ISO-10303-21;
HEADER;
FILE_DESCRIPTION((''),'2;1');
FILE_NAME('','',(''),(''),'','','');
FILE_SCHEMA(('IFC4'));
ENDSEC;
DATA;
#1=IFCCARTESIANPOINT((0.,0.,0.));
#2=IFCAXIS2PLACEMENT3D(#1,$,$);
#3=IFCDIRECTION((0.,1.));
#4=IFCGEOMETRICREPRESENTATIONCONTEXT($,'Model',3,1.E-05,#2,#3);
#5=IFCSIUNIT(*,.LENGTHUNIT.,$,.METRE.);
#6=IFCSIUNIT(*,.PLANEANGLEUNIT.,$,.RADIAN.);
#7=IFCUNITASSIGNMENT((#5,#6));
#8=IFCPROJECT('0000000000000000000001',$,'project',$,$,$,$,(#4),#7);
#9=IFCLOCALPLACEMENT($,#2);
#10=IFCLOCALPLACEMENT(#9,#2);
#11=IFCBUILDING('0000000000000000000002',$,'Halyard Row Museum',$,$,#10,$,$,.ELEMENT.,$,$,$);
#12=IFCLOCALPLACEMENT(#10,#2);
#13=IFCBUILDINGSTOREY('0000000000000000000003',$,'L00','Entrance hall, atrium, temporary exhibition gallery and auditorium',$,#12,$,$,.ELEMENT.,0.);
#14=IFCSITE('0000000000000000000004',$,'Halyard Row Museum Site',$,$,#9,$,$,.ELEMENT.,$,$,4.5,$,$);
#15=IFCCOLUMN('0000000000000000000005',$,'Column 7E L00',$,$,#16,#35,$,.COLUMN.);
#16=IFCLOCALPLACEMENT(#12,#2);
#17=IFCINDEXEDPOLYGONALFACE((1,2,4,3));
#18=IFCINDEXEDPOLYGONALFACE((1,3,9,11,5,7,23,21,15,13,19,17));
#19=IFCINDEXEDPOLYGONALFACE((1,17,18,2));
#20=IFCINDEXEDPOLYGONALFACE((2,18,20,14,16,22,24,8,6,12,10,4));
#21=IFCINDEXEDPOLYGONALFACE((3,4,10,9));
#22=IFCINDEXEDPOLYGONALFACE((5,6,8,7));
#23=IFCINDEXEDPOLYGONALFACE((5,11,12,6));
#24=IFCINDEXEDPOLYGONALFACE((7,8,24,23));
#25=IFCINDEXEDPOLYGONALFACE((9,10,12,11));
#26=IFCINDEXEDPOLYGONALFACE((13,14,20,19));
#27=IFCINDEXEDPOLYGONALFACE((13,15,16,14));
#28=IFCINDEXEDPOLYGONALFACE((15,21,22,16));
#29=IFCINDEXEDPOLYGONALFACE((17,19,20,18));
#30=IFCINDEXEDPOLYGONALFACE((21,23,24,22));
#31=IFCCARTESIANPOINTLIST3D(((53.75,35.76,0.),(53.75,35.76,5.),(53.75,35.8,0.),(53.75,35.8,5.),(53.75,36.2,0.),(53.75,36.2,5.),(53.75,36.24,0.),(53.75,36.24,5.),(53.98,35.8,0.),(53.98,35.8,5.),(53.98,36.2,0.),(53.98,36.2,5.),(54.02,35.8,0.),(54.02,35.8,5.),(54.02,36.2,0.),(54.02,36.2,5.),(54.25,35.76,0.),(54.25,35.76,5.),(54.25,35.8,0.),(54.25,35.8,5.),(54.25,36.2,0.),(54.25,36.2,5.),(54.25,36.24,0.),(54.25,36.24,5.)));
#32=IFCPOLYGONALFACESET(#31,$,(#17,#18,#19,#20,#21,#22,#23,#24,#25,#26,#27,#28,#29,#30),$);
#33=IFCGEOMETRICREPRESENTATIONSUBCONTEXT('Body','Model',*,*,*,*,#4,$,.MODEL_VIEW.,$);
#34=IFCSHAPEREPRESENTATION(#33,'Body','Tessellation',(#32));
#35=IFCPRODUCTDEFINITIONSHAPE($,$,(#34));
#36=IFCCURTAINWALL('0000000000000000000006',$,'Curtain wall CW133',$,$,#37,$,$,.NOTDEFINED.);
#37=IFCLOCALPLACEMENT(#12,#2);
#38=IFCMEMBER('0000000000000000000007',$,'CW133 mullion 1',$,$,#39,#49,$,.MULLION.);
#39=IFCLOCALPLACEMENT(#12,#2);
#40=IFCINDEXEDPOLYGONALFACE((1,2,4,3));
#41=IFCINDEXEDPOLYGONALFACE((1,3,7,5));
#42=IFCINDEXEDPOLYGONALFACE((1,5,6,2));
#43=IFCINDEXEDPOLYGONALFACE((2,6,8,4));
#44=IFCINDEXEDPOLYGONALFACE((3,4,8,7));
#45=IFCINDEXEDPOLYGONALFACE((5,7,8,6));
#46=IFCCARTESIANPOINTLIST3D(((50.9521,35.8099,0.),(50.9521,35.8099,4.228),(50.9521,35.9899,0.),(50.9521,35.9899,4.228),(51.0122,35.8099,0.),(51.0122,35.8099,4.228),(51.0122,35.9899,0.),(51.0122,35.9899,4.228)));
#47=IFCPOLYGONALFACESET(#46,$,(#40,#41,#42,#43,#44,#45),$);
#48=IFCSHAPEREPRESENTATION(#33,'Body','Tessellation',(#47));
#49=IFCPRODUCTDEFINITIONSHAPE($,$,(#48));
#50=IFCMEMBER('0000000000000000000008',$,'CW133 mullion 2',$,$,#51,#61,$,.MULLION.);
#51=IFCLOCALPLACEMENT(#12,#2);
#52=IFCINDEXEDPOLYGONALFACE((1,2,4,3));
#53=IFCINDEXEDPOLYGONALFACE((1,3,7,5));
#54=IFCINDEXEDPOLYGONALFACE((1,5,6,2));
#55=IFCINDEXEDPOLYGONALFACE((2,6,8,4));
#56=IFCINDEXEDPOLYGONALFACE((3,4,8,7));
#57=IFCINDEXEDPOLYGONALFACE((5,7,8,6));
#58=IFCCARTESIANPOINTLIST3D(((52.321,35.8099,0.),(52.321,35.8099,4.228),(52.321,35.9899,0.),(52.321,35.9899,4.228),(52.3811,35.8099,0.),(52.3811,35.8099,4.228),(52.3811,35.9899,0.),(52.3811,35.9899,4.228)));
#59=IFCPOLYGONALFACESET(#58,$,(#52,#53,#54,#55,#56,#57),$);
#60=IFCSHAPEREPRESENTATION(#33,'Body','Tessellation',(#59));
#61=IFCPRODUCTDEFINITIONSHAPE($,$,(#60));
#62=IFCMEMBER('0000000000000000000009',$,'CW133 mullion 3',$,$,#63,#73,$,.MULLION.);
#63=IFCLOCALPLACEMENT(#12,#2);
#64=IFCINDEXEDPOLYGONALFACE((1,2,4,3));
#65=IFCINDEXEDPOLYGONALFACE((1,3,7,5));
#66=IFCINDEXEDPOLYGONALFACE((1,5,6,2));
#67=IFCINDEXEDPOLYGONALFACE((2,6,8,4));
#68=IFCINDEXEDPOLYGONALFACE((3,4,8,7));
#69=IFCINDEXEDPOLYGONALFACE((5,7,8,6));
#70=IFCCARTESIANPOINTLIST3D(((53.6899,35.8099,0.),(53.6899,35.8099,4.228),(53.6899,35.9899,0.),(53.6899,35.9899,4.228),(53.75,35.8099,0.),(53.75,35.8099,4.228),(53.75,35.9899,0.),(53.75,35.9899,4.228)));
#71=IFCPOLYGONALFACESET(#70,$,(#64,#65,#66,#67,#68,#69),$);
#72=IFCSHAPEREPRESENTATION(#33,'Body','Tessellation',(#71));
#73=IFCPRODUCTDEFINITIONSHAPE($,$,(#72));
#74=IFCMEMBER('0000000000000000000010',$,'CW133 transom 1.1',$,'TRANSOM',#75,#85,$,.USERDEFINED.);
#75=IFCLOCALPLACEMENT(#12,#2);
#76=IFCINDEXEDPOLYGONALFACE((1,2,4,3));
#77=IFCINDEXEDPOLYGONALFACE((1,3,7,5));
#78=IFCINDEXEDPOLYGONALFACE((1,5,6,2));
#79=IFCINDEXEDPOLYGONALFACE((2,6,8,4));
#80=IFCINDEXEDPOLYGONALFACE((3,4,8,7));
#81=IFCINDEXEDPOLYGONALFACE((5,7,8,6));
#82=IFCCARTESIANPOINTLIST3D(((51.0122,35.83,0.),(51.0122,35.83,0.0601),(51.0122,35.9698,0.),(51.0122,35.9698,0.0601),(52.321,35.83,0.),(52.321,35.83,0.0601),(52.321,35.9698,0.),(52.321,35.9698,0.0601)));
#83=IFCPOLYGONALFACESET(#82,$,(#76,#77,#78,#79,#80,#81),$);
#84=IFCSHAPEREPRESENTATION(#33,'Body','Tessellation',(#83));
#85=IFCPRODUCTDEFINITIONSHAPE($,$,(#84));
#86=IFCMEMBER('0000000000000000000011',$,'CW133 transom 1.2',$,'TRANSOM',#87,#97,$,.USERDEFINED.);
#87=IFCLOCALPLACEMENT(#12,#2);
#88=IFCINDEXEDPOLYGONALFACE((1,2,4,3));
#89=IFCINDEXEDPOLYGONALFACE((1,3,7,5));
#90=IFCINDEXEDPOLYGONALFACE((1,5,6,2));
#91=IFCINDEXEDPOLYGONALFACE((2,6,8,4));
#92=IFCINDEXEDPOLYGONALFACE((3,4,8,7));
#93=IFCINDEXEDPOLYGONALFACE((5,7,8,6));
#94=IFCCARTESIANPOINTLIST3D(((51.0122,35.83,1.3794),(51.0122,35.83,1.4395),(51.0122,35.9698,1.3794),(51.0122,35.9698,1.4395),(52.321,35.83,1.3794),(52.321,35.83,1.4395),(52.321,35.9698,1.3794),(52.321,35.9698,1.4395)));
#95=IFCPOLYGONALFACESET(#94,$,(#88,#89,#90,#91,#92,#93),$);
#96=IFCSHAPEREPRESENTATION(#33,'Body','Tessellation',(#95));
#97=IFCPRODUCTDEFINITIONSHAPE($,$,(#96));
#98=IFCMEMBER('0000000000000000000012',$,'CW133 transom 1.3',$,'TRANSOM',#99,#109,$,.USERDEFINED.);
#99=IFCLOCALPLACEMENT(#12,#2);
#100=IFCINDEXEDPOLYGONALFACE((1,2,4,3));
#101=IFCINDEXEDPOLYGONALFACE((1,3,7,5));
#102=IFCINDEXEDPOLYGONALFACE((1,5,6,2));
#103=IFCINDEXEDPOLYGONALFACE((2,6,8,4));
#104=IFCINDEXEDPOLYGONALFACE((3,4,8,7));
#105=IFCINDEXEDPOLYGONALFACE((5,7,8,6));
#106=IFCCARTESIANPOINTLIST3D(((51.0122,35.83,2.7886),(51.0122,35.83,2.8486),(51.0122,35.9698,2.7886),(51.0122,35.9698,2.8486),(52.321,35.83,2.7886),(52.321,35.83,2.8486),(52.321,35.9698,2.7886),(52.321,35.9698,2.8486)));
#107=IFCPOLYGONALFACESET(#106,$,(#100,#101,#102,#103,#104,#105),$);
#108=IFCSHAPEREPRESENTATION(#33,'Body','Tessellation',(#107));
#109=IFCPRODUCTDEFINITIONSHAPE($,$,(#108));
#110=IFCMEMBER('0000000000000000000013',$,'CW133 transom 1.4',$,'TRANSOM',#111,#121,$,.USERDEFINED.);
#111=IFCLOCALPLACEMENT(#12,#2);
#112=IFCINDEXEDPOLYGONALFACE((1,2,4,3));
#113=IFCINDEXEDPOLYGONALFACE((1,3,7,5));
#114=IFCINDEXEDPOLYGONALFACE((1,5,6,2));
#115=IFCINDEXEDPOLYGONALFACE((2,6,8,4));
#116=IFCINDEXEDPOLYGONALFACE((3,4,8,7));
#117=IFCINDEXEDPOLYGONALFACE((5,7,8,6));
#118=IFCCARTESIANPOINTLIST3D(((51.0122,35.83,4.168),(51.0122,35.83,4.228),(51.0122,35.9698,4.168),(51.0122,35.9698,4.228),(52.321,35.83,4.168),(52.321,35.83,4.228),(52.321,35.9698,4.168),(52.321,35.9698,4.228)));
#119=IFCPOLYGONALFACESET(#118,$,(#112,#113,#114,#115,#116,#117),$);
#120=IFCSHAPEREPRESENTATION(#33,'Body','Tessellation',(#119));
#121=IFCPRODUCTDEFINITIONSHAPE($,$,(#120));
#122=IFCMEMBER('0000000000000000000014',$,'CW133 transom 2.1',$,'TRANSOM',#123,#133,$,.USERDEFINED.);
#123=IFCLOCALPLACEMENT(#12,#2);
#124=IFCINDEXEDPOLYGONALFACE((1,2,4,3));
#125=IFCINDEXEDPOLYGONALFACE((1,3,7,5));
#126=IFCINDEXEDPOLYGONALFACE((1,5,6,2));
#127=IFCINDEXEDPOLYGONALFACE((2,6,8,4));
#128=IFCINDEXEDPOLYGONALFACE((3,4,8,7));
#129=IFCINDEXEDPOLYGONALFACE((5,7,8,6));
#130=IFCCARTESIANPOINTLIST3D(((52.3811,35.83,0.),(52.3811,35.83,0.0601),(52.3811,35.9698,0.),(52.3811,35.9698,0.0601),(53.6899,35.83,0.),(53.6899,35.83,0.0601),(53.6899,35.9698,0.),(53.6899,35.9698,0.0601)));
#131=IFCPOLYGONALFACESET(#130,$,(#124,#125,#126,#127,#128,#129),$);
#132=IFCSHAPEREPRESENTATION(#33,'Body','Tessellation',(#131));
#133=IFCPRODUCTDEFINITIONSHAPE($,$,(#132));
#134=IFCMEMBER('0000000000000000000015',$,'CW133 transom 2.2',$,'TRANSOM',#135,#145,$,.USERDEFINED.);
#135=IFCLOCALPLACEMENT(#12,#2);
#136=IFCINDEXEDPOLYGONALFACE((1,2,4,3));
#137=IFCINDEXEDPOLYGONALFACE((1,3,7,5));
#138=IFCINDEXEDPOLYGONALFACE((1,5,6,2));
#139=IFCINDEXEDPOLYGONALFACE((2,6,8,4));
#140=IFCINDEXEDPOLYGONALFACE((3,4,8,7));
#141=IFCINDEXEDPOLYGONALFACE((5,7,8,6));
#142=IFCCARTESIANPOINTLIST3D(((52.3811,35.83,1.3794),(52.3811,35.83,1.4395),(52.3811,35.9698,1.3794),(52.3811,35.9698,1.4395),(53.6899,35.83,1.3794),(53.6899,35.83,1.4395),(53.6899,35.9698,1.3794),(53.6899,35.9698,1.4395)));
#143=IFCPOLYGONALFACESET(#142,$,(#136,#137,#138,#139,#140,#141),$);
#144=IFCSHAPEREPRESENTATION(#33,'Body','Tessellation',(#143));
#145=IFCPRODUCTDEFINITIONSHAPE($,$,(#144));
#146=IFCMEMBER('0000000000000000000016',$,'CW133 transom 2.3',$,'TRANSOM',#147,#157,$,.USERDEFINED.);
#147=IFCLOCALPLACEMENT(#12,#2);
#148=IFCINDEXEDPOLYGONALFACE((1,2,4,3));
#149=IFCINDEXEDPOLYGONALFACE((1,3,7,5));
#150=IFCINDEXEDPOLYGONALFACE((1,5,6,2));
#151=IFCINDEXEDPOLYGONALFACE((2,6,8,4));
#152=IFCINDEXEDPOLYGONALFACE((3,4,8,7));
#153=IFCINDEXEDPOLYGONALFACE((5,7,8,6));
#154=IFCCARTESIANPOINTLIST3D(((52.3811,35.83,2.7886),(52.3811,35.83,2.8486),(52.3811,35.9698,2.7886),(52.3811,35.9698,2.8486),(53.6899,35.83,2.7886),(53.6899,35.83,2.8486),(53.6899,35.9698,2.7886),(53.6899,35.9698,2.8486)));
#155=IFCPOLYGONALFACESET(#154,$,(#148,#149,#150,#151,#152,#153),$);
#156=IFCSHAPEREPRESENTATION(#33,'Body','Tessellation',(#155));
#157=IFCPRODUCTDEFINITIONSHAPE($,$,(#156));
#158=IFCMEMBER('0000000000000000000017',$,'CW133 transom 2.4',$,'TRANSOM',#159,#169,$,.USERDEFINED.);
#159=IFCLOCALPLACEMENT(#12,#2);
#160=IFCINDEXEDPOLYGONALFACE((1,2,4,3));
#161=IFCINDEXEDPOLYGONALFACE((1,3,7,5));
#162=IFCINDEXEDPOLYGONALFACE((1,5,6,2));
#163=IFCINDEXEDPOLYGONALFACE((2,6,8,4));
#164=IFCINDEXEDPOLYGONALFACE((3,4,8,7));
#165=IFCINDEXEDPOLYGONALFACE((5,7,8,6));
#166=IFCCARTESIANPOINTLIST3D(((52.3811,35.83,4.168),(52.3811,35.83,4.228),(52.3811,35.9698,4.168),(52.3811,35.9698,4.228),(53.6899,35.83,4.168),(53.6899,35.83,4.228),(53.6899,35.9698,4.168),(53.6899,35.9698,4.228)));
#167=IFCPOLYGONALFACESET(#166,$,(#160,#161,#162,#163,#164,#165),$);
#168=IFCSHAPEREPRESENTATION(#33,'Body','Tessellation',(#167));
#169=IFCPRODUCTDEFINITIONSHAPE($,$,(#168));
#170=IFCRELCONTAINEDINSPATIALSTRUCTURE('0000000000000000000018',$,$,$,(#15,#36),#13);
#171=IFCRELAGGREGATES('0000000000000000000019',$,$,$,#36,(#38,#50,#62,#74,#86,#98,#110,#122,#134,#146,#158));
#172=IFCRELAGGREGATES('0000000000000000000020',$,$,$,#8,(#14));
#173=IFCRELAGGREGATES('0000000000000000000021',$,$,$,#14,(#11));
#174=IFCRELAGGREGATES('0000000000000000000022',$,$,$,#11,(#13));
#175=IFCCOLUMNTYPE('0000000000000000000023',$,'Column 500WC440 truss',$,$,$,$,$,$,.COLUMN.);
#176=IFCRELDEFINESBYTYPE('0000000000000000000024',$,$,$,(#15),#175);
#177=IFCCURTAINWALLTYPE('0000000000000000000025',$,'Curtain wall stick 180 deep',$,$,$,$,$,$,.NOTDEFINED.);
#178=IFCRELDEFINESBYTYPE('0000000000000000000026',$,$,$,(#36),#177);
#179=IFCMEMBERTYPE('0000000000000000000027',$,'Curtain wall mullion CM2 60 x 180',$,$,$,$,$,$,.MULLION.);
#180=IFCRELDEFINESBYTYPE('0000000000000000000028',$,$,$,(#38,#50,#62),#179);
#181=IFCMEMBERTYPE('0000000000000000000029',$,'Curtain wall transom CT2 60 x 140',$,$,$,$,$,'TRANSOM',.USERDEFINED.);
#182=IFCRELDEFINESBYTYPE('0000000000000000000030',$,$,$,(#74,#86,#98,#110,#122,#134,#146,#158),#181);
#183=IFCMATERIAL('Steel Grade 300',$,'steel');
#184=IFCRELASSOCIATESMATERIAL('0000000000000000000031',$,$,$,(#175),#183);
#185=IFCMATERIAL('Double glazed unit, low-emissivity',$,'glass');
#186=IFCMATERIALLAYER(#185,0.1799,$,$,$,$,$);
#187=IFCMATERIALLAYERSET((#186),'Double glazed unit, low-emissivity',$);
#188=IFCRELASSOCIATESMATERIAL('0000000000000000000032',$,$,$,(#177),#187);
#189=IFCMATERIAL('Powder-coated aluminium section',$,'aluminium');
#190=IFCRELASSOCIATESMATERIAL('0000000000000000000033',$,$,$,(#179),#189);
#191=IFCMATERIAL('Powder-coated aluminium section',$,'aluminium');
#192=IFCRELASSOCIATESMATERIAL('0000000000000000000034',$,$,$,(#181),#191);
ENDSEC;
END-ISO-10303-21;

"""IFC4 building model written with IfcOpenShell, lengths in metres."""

from ifc_helpers import new_model, si_unit, direction, frame, origin, origin_2d, place, context, subcontext, project, spatial, rectangle, i_section, extrude, material, layer, layer_set, material_profile, profile_set, type_object, element, aggregate, save


model = new_model("IFC4")

# Units and contexts
model_context = context("Model", 3, precision=1e-05, world=origin(), true_north=direction((0.0, 1.0)))
body_context = subcontext(model_context, "Body", "Model", "MODEL_VIEW")
ifc_project = project(units=[si_unit("LENGTHUNIT", "METRE"), si_unit("PLANEANGLEUNIT", "RADIAN")], contexts=[model_context])

# Site, building, storey
site_placement = place(None, origin())
site = spatial("IfcSite", under=ifc_project, at=site_placement, Name="Halyard Row Museum Site", CompositionType="ELEMENT", RefElevation=4.5)
building_placement = place(site_placement, origin())
building = spatial("IfcBuilding", under=site, at=building_placement, Name="Halyard Row Museum", CompositionType="ELEMENT")
storey_placement = place(building_placement, origin())
storey = spatial("IfcBuildingStorey", under=building, at=storey_placement, Name="L00", Description="Entrance hall, atrium, temporary exhibition gallery and auditorium", CompositionType="ELEMENT", Elevation=0.0)

# Column
ifc_material_1 = material(Name="Steel Grade 300", Category="steel")
ifc_material_profile_1 = material_profile(ifc_material_1, i_section(OverallWidth=0.5, OverallDepth=0.48, WebThickness=0.04, FlangeThickness=0.04, at=origin_2d()), Name="500WC440")
ifc_profile_set_1 = profile_set([ifc_material_profile_1], Name="Steel Grade 300")
column_type = type_object("IfcColumnType", Name="Column 500WC440 truss", PredefinedType="COLUMN", material=ifc_profile_set_1)
column_placement = place(storey_placement, frame((54.0, 36.0, 0.0), z_axis=(0.0, 0.0, 1.0), x_axis=(1.0, 0.0, 0.0)))
element("IfcColumn", 1, at=column_placement, inside=storey, type_object=column_type, Name="Column 7E L00", PredefinedType="COLUMN", context=body_context, shape_type="SweptSolid", body=[
    extrude(i_section(OverallWidth=0.5, OverallDepth=0.48, WebThickness=0.04, FlangeThickness=0.04, at=origin_2d()), origin(), (0.0, 0.0, 1.0), 5.0),
])

# Curtain wall, members
ifc_material_2 = material(Name="Double glazed unit, low-emissivity", Category="glass")
ifc_layer_1 = layer(ifc_material_2, 0.1799)
ifc_layer_set_1 = layer_set([ifc_layer_1], Name="Double glazed unit, low-emissivity")
curtain_wall_type = type_object("IfcCurtainWallType", Name="Curtain wall stick 180 deep", PredefinedType="NOTDEFINED", material=ifc_layer_set_1)
curtain_wall_placement = place(storey_placement, origin())
curtain_wall = element("IfcCurtainWall", 2, at=curtain_wall_placement, inside=storey, type_object=curtain_wall_type, Name="Curtain wall CW133", PredefinedType="NOTDEFINED")
ifc_material_3 = material(Name="Powder-coated aluminium section", Category="aluminium")
ifc_material_profile_2 = material_profile(ifc_material_3, rectangle(XDim=0.1799, YDim=0.0601, at=origin_2d()), Name="180x60 mullion")
ifc_profile_set_2 = profile_set([ifc_material_profile_2], Name="Powder-coated aluminium section")
member_type_1 = type_object("IfcMemberType", Name="Curtain wall mullion CM2 60 x 180", PredefinedType="MULLION", material=ifc_profile_set_2)
member_1_placement = place(storey_placement, frame((50.9822, 35.8999, 0.0), z_axis=(0.0, 0.0, 1.0), x_axis=(0.0, 1.0, 0.0)))
member_1 = element("IfcMember", 3, at=member_1_placement, type_object=member_type_1, Name="CW133 mullion 1", PredefinedType="MULLION", context=body_context, shape_type="SweptSolid", body=[
    extrude(rectangle(XDim=0.1799, YDim=0.0601, at=origin_2d()), origin(), (0.0, 0.0, 1.0), 4.228),
])
member_2_placement = place(storey_placement, frame((52.3511, 35.8999, 0.0), z_axis=(0.0, 0.0, 1.0), x_axis=(0.0, 1.0, 0.0)))
member_2 = element("IfcMember", 4, at=member_2_placement, type_object=member_type_1, Name="CW133 mullion 2", PredefinedType="MULLION", context=body_context, shape_type="SweptSolid", body=[
    extrude(rectangle(XDim=0.1799, YDim=0.0601, at=origin_2d()), origin(), (0.0, 0.0, 1.0), 4.228),
])
member_3_placement = place(storey_placement, frame((53.72, 35.8999, 0.0), z_axis=(0.0, 0.0, 1.0), x_axis=(0.0, 1.0, 0.0)))
member_3 = element("IfcMember", 5, at=member_3_placement, type_object=member_type_1, Name="CW133 mullion 3", PredefinedType="MULLION", context=body_context, shape_type="SweptSolid", body=[
    extrude(rectangle(XDim=0.1799, YDim=0.0601, at=origin_2d()), origin(), (0.0, 0.0, 1.0), 4.228),
])
ifc_material_4 = material(Name="Powder-coated aluminium section", Category="aluminium")
ifc_material_profile_3 = material_profile(ifc_material_4, rectangle(XDim=0.1399, YDim=0.0601, at=origin_2d()), Name="140x60 transom")
ifc_profile_set_3 = profile_set([ifc_material_profile_3], Name="Powder-coated aluminium section")
member_type_2 = type_object("IfcMemberType", Name="Curtain wall transom CT2 60 x 140", ElementType="TRANSOM", PredefinedType="USERDEFINED", material=ifc_profile_set_3)
member_4_placement = place(storey_placement, frame((51.0122, 35.8999, 0.03), z_axis=(1.0, 0.0, 0.0), x_axis=(0.0, 1.0, 0.0)))
member_4 = element("IfcMember", 6, at=member_4_placement, type_object=member_type_2, Name="CW133 transom 1.1", ObjectType="TRANSOM", PredefinedType="USERDEFINED", context=body_context, shape_type="SweptSolid", body=[
    extrude(rectangle(XDim=0.1399, YDim=0.0601, at=origin_2d()), origin(), (0.0, 0.0, 1.0), 1.3088),
])
member_5_placement = place(storey_placement, frame((51.0122, 35.8999, 1.4094), z_axis=(1.0, 0.0, 0.0), x_axis=(0.0, 1.0, 0.0)))
member_5 = element("IfcMember", 7, at=member_5_placement, type_object=member_type_2, Name="CW133 transom 1.2", ObjectType="TRANSOM", PredefinedType="USERDEFINED", context=body_context, shape_type="SweptSolid", body=[
    extrude(rectangle(XDim=0.1399, YDim=0.0601, at=origin_2d()), origin(), (0.0, 0.0, 1.0), 1.3088),
])
member_6_placement = place(storey_placement, frame((51.0122, 35.8999, 2.8186), z_axis=(1.0, 0.0, 0.0), x_axis=(0.0, 1.0, 0.0)))
member_6 = element("IfcMember", 8, at=member_6_placement, type_object=member_type_2, Name="CW133 transom 1.3", ObjectType="TRANSOM", PredefinedType="USERDEFINED", context=body_context, shape_type="SweptSolid", body=[
    extrude(rectangle(XDim=0.1399, YDim=0.0601, at=origin_2d()), origin(), (0.0, 0.0, 1.0), 1.3088),
])
member_7_placement = place(storey_placement, frame((51.0122, 35.8999, 4.198), z_axis=(1.0, 0.0, 0.0), x_axis=(0.0, 1.0, 0.0)))
member_7 = element("IfcMember", 9, at=member_7_placement, type_object=member_type_2, Name="CW133 transom 1.4", ObjectType="TRANSOM", PredefinedType="USERDEFINED", context=body_context, shape_type="SweptSolid", body=[
    extrude(rectangle(XDim=0.1399, YDim=0.0601, at=origin_2d()), origin(), (0.0, 0.0, 1.0), 1.3088),
])
member_8_placement = place(storey_placement, frame((52.3811, 35.8999, 0.03), z_axis=(1.0, 0.0, 0.0), x_axis=(0.0, 1.0, 0.0)))
member_8 = element("IfcMember", 10, at=member_8_placement, type_object=member_type_2, Name="CW133 transom 2.1", ObjectType="TRANSOM", PredefinedType="USERDEFINED", context=body_context, shape_type="SweptSolid", body=[
    extrude(rectangle(XDim=0.1399, YDim=0.0601, at=origin_2d()), origin(), (0.0, 0.0, 1.0), 1.3088),
])
member_9_placement = place(storey_placement, frame((52.3811, 35.8999, 1.4094), z_axis=(1.0, 0.0, 0.0), x_axis=(0.0, 1.0, 0.0)))
member_9 = element("IfcMember", 11, at=member_9_placement, type_object=member_type_2, Name="CW133 transom 2.2", ObjectType="TRANSOM", PredefinedType="USERDEFINED", context=body_context, shape_type="SweptSolid", body=[
    extrude(rectangle(XDim=0.1399, YDim=0.0601, at=origin_2d()), origin(), (0.0, 0.0, 1.0), 1.3088),
])
member_10_placement = place(storey_placement, frame((52.3811, 35.8999, 2.8186), z_axis=(1.0, 0.0, 0.0), x_axis=(0.0, 1.0, 0.0)))
member_10 = element("IfcMember", 12, at=member_10_placement, type_object=member_type_2, Name="CW133 transom 2.3", ObjectType="TRANSOM", PredefinedType="USERDEFINED", context=body_context, shape_type="SweptSolid", body=[
    extrude(rectangle(XDim=0.1399, YDim=0.0601, at=origin_2d()), origin(), (0.0, 0.0, 1.0), 1.3088),
])
member_11_placement = place(storey_placement, frame((52.3811, 35.8999, 4.198), z_axis=(1.0, 0.0, 0.0), x_axis=(0.0, 1.0, 0.0)))
member_11 = element("IfcMember", 13, at=member_11_placement, type_object=member_type_2, Name="CW133 transom 2.4", ObjectType="TRANSOM", PredefinedType="USERDEFINED", context=body_context, shape_type="SweptSolid", body=[
    extrude(rectangle(XDim=0.1399, YDim=0.0601, at=origin_2d()), origin(), (0.0, 0.0, 1.0), 1.3088),
])

aggregate(curtain_wall, [member_1, member_2, member_3, member_4, member_5, member_6, member_7, member_8, member_9, member_10, member_11])

save(model, "model.ifc")
